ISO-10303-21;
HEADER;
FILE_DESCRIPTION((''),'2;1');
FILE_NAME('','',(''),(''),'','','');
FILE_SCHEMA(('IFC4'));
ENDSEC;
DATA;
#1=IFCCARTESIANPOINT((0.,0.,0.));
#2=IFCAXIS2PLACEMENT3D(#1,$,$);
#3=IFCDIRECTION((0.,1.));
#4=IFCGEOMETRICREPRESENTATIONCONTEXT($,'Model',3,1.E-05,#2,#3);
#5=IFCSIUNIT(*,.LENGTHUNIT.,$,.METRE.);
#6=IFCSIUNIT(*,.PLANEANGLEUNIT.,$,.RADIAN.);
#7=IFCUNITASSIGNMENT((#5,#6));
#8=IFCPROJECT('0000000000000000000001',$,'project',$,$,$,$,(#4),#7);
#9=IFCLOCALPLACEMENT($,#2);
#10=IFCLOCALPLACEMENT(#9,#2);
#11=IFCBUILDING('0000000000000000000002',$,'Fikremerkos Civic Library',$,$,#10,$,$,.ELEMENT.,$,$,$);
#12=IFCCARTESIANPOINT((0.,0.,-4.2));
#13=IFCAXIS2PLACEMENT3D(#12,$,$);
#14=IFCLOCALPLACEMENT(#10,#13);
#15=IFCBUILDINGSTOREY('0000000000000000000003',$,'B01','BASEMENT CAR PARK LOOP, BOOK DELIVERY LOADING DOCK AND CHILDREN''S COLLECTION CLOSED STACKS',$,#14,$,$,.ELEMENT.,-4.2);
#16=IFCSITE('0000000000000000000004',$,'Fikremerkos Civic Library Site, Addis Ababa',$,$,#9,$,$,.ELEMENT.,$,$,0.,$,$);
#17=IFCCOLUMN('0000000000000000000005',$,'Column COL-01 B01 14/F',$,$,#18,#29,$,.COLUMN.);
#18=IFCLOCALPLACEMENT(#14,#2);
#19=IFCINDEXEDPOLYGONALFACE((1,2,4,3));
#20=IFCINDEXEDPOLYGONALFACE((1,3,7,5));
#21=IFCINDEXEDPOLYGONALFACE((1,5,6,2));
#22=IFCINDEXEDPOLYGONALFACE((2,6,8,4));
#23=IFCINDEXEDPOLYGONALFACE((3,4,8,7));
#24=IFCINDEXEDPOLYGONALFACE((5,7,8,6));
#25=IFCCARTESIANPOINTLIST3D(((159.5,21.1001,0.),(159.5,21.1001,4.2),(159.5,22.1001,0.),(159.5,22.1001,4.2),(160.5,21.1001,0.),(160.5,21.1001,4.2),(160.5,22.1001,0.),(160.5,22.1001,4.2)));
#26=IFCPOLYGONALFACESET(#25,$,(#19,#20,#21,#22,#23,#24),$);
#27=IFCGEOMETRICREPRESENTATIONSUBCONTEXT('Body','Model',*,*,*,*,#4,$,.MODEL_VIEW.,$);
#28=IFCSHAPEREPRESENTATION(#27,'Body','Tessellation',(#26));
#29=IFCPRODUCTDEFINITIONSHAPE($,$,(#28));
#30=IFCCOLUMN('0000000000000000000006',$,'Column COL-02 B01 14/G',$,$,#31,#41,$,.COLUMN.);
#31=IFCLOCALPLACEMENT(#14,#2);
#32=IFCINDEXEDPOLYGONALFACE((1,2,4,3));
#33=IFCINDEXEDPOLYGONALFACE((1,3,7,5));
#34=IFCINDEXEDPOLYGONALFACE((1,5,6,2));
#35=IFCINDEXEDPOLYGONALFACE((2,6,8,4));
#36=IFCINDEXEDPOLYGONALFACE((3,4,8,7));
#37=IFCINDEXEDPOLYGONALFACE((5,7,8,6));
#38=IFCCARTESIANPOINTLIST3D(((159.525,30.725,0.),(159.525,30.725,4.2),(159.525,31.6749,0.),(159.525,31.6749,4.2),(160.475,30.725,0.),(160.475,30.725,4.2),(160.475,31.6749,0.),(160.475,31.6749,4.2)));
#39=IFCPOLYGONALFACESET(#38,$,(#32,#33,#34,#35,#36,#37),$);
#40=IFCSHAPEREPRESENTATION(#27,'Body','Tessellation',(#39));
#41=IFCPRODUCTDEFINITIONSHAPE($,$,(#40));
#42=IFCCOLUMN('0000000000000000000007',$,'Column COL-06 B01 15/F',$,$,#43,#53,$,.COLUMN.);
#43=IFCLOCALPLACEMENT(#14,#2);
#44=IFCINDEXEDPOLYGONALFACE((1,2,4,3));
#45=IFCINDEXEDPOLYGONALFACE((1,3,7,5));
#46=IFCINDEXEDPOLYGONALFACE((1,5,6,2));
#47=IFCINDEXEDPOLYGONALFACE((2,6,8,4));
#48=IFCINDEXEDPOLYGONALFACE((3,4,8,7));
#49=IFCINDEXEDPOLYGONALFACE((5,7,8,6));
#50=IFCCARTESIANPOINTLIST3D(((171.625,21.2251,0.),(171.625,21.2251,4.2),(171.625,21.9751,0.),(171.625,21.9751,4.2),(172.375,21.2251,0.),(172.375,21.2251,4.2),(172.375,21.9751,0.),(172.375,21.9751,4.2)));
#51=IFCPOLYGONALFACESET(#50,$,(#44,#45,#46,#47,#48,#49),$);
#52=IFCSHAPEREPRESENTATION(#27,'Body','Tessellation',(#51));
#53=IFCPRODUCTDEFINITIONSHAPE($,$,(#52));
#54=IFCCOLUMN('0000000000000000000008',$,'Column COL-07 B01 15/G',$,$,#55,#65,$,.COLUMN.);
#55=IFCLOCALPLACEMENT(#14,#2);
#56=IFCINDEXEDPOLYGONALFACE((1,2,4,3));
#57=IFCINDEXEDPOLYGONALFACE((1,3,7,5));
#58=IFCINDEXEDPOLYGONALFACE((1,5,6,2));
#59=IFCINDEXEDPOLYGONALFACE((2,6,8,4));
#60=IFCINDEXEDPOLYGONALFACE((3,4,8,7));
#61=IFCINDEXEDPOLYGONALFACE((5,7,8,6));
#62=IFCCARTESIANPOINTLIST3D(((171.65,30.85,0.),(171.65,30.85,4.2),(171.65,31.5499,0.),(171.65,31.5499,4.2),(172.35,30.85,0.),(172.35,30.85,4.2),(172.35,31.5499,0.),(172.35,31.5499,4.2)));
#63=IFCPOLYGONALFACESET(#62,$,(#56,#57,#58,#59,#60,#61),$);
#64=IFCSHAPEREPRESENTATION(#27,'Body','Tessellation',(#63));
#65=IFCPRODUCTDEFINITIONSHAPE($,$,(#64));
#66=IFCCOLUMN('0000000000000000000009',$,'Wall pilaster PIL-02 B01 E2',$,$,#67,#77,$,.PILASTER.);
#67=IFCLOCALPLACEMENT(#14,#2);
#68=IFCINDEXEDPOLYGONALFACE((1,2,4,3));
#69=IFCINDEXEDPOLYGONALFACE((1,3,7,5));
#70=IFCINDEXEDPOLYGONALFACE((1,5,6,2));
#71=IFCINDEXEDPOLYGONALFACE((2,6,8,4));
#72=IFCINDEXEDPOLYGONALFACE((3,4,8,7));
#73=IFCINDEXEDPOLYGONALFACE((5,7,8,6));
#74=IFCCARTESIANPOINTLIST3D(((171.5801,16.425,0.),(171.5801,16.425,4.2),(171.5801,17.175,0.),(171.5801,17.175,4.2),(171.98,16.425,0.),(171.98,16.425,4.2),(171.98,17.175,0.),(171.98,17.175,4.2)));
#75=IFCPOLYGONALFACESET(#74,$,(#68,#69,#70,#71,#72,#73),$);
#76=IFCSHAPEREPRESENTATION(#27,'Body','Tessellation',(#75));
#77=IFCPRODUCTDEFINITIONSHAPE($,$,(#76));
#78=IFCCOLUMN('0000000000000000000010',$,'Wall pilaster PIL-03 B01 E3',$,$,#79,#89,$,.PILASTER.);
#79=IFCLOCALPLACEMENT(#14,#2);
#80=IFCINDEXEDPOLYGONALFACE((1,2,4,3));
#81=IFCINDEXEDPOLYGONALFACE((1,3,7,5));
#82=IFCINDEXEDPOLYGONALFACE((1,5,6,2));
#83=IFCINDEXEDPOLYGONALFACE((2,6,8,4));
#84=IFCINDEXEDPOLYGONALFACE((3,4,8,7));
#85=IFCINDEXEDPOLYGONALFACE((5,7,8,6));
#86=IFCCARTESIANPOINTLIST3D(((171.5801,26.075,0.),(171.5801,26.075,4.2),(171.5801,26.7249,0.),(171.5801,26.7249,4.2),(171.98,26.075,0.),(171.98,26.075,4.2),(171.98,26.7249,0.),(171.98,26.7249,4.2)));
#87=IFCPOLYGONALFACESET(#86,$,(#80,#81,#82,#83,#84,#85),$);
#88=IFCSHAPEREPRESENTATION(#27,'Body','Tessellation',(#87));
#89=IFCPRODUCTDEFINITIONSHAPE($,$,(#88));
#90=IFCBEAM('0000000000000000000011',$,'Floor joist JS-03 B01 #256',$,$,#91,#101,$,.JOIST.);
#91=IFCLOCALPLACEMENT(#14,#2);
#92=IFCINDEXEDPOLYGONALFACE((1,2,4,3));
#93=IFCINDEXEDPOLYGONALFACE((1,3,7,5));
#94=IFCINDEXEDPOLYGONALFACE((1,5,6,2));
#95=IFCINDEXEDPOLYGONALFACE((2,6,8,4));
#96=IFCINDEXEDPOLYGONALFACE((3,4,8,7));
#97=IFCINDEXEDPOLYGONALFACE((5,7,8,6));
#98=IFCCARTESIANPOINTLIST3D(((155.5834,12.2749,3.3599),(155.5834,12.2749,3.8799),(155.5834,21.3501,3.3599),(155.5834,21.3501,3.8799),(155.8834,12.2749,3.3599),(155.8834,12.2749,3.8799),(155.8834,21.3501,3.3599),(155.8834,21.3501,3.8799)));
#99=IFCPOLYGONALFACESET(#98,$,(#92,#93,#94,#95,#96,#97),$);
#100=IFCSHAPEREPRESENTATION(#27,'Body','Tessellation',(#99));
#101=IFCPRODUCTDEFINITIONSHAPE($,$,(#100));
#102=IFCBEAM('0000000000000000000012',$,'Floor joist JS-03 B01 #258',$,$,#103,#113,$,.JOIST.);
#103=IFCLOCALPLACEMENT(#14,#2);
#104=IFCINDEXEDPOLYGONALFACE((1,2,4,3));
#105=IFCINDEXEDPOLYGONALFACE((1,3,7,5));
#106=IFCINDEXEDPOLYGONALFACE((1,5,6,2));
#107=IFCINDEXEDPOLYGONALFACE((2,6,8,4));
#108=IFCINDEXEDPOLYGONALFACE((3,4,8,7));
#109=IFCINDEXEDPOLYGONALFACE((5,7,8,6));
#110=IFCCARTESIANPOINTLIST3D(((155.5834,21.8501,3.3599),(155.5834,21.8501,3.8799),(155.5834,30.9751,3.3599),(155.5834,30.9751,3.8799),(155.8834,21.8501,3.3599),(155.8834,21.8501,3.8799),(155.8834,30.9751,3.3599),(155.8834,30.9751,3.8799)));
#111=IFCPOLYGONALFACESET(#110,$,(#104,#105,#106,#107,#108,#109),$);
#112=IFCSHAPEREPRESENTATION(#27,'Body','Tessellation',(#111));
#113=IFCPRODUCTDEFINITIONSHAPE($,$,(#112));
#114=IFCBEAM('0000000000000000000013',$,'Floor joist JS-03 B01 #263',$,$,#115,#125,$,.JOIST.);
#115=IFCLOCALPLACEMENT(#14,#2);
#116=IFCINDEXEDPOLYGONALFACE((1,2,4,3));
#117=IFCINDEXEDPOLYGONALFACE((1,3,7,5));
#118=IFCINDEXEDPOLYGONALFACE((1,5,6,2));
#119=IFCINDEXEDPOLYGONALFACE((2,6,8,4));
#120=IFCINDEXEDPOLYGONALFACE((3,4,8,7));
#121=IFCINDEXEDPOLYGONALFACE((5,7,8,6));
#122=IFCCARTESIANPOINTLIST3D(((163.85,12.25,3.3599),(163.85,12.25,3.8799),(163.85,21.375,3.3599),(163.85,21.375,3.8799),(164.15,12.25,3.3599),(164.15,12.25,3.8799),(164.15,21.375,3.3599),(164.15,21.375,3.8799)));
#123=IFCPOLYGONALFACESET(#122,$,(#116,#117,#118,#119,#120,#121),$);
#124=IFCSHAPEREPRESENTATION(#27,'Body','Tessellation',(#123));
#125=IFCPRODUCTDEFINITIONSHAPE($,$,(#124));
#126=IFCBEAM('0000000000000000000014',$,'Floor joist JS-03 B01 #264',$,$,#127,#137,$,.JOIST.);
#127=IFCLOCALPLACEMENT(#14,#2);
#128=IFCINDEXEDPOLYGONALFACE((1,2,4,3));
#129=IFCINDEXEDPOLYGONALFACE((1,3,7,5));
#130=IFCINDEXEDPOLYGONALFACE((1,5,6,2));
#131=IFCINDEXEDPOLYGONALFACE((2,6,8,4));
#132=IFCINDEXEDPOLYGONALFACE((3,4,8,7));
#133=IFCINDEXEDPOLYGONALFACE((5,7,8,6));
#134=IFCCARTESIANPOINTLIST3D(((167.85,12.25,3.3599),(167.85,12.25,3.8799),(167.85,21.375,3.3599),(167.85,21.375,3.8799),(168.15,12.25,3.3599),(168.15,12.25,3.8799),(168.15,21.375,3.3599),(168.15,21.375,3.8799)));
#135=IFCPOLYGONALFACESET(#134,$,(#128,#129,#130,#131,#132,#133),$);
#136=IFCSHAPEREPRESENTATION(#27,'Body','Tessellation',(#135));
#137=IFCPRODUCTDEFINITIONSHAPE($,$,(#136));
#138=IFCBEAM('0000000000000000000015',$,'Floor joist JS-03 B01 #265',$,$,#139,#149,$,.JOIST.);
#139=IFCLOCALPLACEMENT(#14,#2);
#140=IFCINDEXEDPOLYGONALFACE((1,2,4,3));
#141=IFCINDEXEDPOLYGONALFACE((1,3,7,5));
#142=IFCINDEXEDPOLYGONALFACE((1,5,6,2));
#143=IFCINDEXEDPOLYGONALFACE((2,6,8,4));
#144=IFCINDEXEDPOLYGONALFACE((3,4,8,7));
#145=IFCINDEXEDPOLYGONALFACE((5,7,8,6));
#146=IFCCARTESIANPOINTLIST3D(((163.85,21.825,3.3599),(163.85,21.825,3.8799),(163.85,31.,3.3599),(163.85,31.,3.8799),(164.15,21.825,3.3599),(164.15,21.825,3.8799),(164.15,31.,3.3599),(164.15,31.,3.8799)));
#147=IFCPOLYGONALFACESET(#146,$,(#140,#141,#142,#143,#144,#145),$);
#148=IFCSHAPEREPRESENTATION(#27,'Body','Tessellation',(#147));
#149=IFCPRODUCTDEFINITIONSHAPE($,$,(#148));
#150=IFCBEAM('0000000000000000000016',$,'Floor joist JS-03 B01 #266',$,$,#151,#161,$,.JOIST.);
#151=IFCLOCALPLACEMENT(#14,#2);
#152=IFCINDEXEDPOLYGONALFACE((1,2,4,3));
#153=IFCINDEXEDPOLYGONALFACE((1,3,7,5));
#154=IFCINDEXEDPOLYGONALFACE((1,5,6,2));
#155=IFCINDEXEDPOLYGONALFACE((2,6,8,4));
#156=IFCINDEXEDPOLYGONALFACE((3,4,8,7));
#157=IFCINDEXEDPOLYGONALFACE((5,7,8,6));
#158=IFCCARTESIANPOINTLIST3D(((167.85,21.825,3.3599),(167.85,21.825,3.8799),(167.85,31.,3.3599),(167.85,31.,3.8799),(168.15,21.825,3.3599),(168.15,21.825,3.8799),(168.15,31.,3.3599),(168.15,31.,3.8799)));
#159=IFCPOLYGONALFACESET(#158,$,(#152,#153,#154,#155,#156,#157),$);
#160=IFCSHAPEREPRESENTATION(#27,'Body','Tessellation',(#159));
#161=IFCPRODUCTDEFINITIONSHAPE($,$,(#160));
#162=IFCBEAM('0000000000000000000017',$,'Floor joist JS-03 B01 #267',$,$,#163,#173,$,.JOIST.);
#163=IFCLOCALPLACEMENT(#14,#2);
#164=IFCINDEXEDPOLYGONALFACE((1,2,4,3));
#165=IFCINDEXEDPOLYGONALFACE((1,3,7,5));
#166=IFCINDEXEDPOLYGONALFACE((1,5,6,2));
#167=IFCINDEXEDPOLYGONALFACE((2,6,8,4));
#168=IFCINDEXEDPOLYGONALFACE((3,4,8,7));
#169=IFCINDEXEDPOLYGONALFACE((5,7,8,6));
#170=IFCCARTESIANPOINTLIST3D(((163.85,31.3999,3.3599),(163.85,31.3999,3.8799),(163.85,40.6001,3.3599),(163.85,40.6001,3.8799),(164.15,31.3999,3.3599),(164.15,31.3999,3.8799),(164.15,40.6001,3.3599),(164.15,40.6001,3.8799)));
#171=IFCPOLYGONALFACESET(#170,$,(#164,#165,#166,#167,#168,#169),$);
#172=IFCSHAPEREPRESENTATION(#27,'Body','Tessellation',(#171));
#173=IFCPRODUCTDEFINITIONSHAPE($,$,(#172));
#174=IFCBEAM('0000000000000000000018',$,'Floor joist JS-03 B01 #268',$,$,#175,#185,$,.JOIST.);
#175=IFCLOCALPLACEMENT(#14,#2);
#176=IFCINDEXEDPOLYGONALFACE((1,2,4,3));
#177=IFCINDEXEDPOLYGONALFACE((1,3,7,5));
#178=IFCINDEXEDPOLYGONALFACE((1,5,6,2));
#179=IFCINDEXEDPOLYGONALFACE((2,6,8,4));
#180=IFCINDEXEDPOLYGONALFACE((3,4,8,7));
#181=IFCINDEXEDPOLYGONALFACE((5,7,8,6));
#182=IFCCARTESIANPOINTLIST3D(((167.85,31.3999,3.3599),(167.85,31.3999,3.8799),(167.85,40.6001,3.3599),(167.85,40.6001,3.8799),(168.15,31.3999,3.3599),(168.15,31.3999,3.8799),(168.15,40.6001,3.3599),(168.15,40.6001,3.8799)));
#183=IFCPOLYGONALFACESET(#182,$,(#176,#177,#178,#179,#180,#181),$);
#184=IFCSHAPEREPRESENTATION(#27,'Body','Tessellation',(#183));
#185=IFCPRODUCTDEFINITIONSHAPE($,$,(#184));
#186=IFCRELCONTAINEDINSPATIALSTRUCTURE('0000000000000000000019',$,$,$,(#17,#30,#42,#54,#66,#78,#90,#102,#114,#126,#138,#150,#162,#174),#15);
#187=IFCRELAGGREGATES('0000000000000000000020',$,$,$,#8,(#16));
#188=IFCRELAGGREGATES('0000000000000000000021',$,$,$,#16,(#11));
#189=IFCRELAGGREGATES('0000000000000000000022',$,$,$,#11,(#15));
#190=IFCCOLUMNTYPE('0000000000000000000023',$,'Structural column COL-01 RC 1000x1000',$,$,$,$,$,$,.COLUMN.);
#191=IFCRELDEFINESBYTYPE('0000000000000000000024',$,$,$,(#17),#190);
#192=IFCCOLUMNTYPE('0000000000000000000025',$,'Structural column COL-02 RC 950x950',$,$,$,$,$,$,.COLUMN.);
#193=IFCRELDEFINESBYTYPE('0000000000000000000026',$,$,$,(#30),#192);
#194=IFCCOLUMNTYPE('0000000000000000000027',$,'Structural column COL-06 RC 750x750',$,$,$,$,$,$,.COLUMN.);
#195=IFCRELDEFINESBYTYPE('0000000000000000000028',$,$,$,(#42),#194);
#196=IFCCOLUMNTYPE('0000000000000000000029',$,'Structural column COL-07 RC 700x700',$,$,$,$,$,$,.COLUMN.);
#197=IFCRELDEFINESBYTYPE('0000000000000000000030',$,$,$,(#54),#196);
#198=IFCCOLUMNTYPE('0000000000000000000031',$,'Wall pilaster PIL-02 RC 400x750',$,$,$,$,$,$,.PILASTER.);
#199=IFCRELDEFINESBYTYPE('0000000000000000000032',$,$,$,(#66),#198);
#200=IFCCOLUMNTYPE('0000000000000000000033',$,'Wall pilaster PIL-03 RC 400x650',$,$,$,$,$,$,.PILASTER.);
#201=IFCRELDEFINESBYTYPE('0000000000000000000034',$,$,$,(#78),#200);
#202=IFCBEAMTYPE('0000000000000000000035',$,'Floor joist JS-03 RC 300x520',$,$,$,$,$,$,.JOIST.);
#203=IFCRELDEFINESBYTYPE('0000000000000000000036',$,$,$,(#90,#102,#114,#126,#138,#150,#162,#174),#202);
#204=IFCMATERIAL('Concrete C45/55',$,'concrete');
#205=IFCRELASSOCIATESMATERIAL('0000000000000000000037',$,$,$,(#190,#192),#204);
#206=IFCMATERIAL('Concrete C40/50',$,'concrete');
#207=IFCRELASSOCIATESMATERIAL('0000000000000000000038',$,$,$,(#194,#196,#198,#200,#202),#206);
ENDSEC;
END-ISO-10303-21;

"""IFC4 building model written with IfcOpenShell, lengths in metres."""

from ifc_helpers import new_model, si_unit, direction, frame, origin, origin_2d, place, context, subcontext, project, spatial, rectangle, extrude, material, material_profile, profile_set, type_object, element, save


model = new_model("IFC4")

# Units and contexts
model_context = context("Model", 3, precision=1e-05, world=origin(), true_north=direction((0.0, 1.0)))
body_context = subcontext(model_context, "Body", "Model", "MODEL_VIEW")
ifc_project = project(units=[si_unit("LENGTHUNIT", "METRE"), si_unit("PLANEANGLEUNIT", "RADIAN")], contexts=[model_context])

# Site, building, storey
site_placement = place(None, origin())
site = spatial("IfcSite", under=ifc_project, at=site_placement, Name="Fikremerkos Civic Library Site, Addis Ababa", CompositionType="ELEMENT", RefElevation=0.0)
building_placement = place(site_placement, origin())
building = spatial("IfcBuilding", under=site, at=building_placement, Name="Fikremerkos Civic Library", CompositionType="ELEMENT")
storey_placement = place(building_placement, frame((0.0, 0.0, -4.2)))
storey = spatial("IfcBuildingStorey", under=building, at=storey_placement, Name="B01", Description="BASEMENT CAR PARK LOOP, BOOK DELIVERY LOADING DOCK AND CHILDREN'S COLLECTION CLOSED STACKS", CompositionType="ELEMENT", Elevation=-4.2)

# Columns
ifc_material_1 = material(Name="Concrete C45/55", Category="concrete")
ifc_material_profile_1 = material_profile(ifc_material_1, rectangle(XDim=1.0, YDim=1.0, at=origin_2d()), Name="RC 1000x1000")
ifc_profile_set_1 = profile_set([ifc_material_profile_1], Name="Concrete C45/55")
column_type_1 = type_object("IfcColumnType", Name="Structural column COL-01 RC 1000x1000", PredefinedType="COLUMN", material=ifc_profile_set_1)
column_1_placement = place(storey_placement, frame((160.0, 21.6001, 0.0), z_axis=(0.0, 0.0, 1.0), x_axis=(1.0, 0.0, 0.0)))
element("IfcColumn", 1, at=column_1_placement, inside=storey, type_object=column_type_1, Name="Column COL-01 B01 14/F", PredefinedType="COLUMN", context=body_context, shape_type="SweptSolid", body=[
    extrude(rectangle(XDim=1.0, YDim=1.0, at=origin_2d()), origin(), (0.0, 0.0, 1.0), 4.2),
])
ifc_material_profile_2 = material_profile(ifc_material_1, rectangle(XDim=0.95, YDim=0.95, at=origin_2d()), Name="RC 950x950")
ifc_profile_set_2 = profile_set([ifc_material_profile_2], Name="Concrete C45/55")
column_type_2 = type_object("IfcColumnType", Name="Structural column COL-02 RC 950x950", PredefinedType="COLUMN", material=ifc_profile_set_2)
column_2_placement = place(storey_placement, frame((160.0, 31.2, 0.0), z_axis=(0.0, 0.0, 1.0), x_axis=(1.0, 0.0, 0.0)))
element("IfcColumn", 2, at=column_2_placement, inside=storey, type_object=column_type_2, Name="Column COL-02 B01 14/G", PredefinedType="COLUMN", context=body_context, shape_type="SweptSolid", body=[
    extrude(rectangle(XDim=0.95, YDim=0.95, at=origin_2d()), origin(), (0.0, 0.0, 1.0), 4.2),
])
ifc_material_2 = material(Name="Concrete C40/50", Category="concrete")
ifc_material_profile_3 = material_profile(ifc_material_2, rectangle(XDim=0.75, YDim=0.75, at=origin_2d()), Name="RC 750x750")
ifc_profile_set_3 = profile_set([ifc_material_profile_3], Name="Concrete C40/50")
column_type_3 = type_object("IfcColumnType", Name="Structural column COL-06 RC 750x750", PredefinedType="COLUMN", material=ifc_profile_set_3)
column_3_placement = place(storey_placement, frame((172.0, 21.6001, 0.0), z_axis=(0.0, 0.0, 1.0), x_axis=(1.0, 0.0, 0.0)))
element("IfcColumn", 3, at=column_3_placement, inside=storey, type_object=column_type_3, Name="Column COL-06 B01 15/F", PredefinedType="COLUMN", context=body_context, shape_type="SweptSolid", body=[
    extrude(rectangle(XDim=0.75, YDim=0.75, at=origin_2d()), origin(), (0.0, 0.0, 1.0), 4.2),
])
ifc_material_profile_4 = material_profile(ifc_material_2, rectangle(XDim=0.7, YDim=0.7, at=origin_2d()), Name="RC 700x700")
ifc_profile_set_4 = profile_set([ifc_material_profile_4], Name="Concrete C40/50")
column_type_4 = type_object("IfcColumnType", Name="Structural column COL-07 RC 700x700", PredefinedType="COLUMN", material=ifc_profile_set_4)
column_4_placement = place(storey_placement, frame((172.0, 31.2, 0.0), z_axis=(0.0, 0.0, 1.0), x_axis=(1.0, 0.0, 0.0)))
element("IfcColumn", 4, at=column_4_placement, inside=storey, type_object=column_type_4, Name="Column COL-07 B01 15/G", PredefinedType="COLUMN", context=body_context, shape_type="SweptSolid", body=[
    extrude(rectangle(XDim=0.7, YDim=0.7, at=origin_2d()), origin(), (0.0, 0.0, 1.0), 4.2),
])
ifc_material_profile_5 = material_profile(ifc_material_2, rectangle(XDim=0.3999, YDim=0.75, at=origin_2d()), Name="RC 400x750")
ifc_profile_set_5 = profile_set([ifc_material_profile_5], Name="Concrete C40/50")
column_type_5 = type_object("IfcColumnType", Name="Wall pilaster PIL-02 RC 400x750", PredefinedType="PILASTER", material=ifc_profile_set_5)
column_5_placement = place(storey_placement, frame((171.78, 16.8, 0.0), z_axis=(0.0, 0.0, 1.0), x_axis=(1.0, 0.0, 0.0)))
element("IfcColumn", 5, at=column_5_placement, inside=storey, type_object=column_type_5, Name="Wall pilaster PIL-02 B01 E2", PredefinedType="PILASTER", context=body_context, shape_type="SweptSolid", body=[
    extrude(rectangle(XDim=0.3999, YDim=0.75, at=origin_2d()), origin(), (0.0, 0.0, 1.0), 4.2),
])
ifc_material_profile_6 = material_profile(ifc_material_2, rectangle(XDim=0.3999, YDim=0.6499, at=origin_2d()), Name="RC 400x650")
ifc_profile_set_6 = profile_set([ifc_material_profile_6], Name="Concrete C40/50")
column_type_6 = type_object("IfcColumnType", Name="Wall pilaster PIL-03 RC 400x650", PredefinedType="PILASTER", material=ifc_profile_set_6)
column_6_placement = place(storey_placement, frame((171.78, 26.3999, 0.0), z_axis=(0.0, 0.0, 1.0), x_axis=(1.0, 0.0, 0.0)))
element("IfcColumn", 6, at=column_6_placement, inside=storey, type_object=column_type_6, Name="Wall pilaster PIL-03 B01 E3", PredefinedType="PILASTER", context=body_context, shape_type="SweptSolid", body=[
    extrude(rectangle(XDim=0.3999, YDim=0.6499, at=origin_2d()), origin(), (0.0, 0.0, 1.0), 4.2),
])

# Beams
ifc_material_profile_7 = material_profile(ifc_material_2, rectangle(XDim=0.3, YDim=0.52, at=origin_2d()), Name="RC 300x520")
ifc_profile_set_7 = profile_set([ifc_material_profile_7], Name="Concrete C40/50")
beam_type_1 = type_object("IfcBeamType", Name="Floor joist JS-03 RC 300x520", PredefinedType="JOIST", material=ifc_profile_set_7)
beam_1_placement = place(storey_placement, frame((155.7334, 12.2749, 3.6199), z_axis=(0.0, 1.0, 0.0), x_axis=(-1.0, 0.0, 0.0)))
element("IfcBeam", 7, at=beam_1_placement, inside=storey, type_object=beam_type_1, Name="Floor joist JS-03 B01 #256", PredefinedType="JOIST", context=body_context, shape_type="SweptSolid", body=[
    extrude(rectangle(XDim=0.3, YDim=0.52, at=origin_2d()), origin(), (0.0, 0.0, 1.0), 9.0752),
])
for number, where, z_axis, x_axis, name in (
    (8, (155.7334, 21.8501, 3.6199), (0.0, 1.0, 0.0), (-1.0, 0.0, 0.0), "Floor joist JS-03 B01 #258"),
    (9, (164.0, 12.25, 3.6199), (0.0, 1.0, 0.0), (-1.0, 0.0, 0.0), "Floor joist JS-03 B01 #263"),
    (10, (168.0, 12.25, 3.6199), (0.0, 1.0, 0.0), (-1.0, 0.0, 0.0), "Floor joist JS-03 B01 #264"),
):
    element("IfcBeam", number, at=place(storey_placement, frame(where, z_axis=z_axis, x_axis=x_axis)), inside=storey, type_object=beam_type_1, Name=name, PredefinedType="JOIST", context=body_context, shape_type="SweptSolid", body=[
        extrude(rectangle(XDim=0.3, YDim=0.52, at=origin_2d()), origin(), (0.0, 0.0, 1.0), 9.125),
    ])
for number, where, z_axis, x_axis, name in (
    (11, (164.0, 21.825, 3.6199), (0.0, 1.0, 0.0), (-1.0, 0.0, 0.0), "Floor joist JS-03 B01 #265"),
    (12, (168.0, 21.825, 3.6199), (0.0, 1.0, 0.0), (-1.0, 0.0, 0.0), "Floor joist JS-03 B01 #266"),
):
    element("IfcBeam", number, at=place(storey_placement, frame(where, z_axis=z_axis, x_axis=x_axis)), inside=storey, type_object=beam_type_1, Name=name, PredefinedType="JOIST", context=body_context, shape_type="SweptSolid", body=[
        extrude(rectangle(XDim=0.3, YDim=0.52, at=origin_2d()), origin(), (0.0, 0.0, 1.0), 9.175),
    ])
for number, where, z_axis, x_axis, name in (
    (13, (164.0, 31.3999, 3.6199), (0.0, 1.0, 0.0), (-1.0, 0.0, 0.0), "Floor joist JS-03 B01 #267"),
    (14, (168.0, 31.3999, 3.6199), (0.0, 1.0, 0.0), (-1.0, 0.0, 0.0), "Floor joist JS-03 B01 #268"),
):
    element("IfcBeam", number, at=place(storey_placement, frame(where, z_axis=z_axis, x_axis=x_axis)), inside=storey, type_object=beam_type_1, Name=name, PredefinedType="JOIST", context=body_context, shape_type="SweptSolid", body=[
        extrude(rectangle(XDim=0.3, YDim=0.52, at=origin_2d()), origin(), (0.0, 0.0, 1.0), 9.2002),
    ])

save(model, "model.ifc")
